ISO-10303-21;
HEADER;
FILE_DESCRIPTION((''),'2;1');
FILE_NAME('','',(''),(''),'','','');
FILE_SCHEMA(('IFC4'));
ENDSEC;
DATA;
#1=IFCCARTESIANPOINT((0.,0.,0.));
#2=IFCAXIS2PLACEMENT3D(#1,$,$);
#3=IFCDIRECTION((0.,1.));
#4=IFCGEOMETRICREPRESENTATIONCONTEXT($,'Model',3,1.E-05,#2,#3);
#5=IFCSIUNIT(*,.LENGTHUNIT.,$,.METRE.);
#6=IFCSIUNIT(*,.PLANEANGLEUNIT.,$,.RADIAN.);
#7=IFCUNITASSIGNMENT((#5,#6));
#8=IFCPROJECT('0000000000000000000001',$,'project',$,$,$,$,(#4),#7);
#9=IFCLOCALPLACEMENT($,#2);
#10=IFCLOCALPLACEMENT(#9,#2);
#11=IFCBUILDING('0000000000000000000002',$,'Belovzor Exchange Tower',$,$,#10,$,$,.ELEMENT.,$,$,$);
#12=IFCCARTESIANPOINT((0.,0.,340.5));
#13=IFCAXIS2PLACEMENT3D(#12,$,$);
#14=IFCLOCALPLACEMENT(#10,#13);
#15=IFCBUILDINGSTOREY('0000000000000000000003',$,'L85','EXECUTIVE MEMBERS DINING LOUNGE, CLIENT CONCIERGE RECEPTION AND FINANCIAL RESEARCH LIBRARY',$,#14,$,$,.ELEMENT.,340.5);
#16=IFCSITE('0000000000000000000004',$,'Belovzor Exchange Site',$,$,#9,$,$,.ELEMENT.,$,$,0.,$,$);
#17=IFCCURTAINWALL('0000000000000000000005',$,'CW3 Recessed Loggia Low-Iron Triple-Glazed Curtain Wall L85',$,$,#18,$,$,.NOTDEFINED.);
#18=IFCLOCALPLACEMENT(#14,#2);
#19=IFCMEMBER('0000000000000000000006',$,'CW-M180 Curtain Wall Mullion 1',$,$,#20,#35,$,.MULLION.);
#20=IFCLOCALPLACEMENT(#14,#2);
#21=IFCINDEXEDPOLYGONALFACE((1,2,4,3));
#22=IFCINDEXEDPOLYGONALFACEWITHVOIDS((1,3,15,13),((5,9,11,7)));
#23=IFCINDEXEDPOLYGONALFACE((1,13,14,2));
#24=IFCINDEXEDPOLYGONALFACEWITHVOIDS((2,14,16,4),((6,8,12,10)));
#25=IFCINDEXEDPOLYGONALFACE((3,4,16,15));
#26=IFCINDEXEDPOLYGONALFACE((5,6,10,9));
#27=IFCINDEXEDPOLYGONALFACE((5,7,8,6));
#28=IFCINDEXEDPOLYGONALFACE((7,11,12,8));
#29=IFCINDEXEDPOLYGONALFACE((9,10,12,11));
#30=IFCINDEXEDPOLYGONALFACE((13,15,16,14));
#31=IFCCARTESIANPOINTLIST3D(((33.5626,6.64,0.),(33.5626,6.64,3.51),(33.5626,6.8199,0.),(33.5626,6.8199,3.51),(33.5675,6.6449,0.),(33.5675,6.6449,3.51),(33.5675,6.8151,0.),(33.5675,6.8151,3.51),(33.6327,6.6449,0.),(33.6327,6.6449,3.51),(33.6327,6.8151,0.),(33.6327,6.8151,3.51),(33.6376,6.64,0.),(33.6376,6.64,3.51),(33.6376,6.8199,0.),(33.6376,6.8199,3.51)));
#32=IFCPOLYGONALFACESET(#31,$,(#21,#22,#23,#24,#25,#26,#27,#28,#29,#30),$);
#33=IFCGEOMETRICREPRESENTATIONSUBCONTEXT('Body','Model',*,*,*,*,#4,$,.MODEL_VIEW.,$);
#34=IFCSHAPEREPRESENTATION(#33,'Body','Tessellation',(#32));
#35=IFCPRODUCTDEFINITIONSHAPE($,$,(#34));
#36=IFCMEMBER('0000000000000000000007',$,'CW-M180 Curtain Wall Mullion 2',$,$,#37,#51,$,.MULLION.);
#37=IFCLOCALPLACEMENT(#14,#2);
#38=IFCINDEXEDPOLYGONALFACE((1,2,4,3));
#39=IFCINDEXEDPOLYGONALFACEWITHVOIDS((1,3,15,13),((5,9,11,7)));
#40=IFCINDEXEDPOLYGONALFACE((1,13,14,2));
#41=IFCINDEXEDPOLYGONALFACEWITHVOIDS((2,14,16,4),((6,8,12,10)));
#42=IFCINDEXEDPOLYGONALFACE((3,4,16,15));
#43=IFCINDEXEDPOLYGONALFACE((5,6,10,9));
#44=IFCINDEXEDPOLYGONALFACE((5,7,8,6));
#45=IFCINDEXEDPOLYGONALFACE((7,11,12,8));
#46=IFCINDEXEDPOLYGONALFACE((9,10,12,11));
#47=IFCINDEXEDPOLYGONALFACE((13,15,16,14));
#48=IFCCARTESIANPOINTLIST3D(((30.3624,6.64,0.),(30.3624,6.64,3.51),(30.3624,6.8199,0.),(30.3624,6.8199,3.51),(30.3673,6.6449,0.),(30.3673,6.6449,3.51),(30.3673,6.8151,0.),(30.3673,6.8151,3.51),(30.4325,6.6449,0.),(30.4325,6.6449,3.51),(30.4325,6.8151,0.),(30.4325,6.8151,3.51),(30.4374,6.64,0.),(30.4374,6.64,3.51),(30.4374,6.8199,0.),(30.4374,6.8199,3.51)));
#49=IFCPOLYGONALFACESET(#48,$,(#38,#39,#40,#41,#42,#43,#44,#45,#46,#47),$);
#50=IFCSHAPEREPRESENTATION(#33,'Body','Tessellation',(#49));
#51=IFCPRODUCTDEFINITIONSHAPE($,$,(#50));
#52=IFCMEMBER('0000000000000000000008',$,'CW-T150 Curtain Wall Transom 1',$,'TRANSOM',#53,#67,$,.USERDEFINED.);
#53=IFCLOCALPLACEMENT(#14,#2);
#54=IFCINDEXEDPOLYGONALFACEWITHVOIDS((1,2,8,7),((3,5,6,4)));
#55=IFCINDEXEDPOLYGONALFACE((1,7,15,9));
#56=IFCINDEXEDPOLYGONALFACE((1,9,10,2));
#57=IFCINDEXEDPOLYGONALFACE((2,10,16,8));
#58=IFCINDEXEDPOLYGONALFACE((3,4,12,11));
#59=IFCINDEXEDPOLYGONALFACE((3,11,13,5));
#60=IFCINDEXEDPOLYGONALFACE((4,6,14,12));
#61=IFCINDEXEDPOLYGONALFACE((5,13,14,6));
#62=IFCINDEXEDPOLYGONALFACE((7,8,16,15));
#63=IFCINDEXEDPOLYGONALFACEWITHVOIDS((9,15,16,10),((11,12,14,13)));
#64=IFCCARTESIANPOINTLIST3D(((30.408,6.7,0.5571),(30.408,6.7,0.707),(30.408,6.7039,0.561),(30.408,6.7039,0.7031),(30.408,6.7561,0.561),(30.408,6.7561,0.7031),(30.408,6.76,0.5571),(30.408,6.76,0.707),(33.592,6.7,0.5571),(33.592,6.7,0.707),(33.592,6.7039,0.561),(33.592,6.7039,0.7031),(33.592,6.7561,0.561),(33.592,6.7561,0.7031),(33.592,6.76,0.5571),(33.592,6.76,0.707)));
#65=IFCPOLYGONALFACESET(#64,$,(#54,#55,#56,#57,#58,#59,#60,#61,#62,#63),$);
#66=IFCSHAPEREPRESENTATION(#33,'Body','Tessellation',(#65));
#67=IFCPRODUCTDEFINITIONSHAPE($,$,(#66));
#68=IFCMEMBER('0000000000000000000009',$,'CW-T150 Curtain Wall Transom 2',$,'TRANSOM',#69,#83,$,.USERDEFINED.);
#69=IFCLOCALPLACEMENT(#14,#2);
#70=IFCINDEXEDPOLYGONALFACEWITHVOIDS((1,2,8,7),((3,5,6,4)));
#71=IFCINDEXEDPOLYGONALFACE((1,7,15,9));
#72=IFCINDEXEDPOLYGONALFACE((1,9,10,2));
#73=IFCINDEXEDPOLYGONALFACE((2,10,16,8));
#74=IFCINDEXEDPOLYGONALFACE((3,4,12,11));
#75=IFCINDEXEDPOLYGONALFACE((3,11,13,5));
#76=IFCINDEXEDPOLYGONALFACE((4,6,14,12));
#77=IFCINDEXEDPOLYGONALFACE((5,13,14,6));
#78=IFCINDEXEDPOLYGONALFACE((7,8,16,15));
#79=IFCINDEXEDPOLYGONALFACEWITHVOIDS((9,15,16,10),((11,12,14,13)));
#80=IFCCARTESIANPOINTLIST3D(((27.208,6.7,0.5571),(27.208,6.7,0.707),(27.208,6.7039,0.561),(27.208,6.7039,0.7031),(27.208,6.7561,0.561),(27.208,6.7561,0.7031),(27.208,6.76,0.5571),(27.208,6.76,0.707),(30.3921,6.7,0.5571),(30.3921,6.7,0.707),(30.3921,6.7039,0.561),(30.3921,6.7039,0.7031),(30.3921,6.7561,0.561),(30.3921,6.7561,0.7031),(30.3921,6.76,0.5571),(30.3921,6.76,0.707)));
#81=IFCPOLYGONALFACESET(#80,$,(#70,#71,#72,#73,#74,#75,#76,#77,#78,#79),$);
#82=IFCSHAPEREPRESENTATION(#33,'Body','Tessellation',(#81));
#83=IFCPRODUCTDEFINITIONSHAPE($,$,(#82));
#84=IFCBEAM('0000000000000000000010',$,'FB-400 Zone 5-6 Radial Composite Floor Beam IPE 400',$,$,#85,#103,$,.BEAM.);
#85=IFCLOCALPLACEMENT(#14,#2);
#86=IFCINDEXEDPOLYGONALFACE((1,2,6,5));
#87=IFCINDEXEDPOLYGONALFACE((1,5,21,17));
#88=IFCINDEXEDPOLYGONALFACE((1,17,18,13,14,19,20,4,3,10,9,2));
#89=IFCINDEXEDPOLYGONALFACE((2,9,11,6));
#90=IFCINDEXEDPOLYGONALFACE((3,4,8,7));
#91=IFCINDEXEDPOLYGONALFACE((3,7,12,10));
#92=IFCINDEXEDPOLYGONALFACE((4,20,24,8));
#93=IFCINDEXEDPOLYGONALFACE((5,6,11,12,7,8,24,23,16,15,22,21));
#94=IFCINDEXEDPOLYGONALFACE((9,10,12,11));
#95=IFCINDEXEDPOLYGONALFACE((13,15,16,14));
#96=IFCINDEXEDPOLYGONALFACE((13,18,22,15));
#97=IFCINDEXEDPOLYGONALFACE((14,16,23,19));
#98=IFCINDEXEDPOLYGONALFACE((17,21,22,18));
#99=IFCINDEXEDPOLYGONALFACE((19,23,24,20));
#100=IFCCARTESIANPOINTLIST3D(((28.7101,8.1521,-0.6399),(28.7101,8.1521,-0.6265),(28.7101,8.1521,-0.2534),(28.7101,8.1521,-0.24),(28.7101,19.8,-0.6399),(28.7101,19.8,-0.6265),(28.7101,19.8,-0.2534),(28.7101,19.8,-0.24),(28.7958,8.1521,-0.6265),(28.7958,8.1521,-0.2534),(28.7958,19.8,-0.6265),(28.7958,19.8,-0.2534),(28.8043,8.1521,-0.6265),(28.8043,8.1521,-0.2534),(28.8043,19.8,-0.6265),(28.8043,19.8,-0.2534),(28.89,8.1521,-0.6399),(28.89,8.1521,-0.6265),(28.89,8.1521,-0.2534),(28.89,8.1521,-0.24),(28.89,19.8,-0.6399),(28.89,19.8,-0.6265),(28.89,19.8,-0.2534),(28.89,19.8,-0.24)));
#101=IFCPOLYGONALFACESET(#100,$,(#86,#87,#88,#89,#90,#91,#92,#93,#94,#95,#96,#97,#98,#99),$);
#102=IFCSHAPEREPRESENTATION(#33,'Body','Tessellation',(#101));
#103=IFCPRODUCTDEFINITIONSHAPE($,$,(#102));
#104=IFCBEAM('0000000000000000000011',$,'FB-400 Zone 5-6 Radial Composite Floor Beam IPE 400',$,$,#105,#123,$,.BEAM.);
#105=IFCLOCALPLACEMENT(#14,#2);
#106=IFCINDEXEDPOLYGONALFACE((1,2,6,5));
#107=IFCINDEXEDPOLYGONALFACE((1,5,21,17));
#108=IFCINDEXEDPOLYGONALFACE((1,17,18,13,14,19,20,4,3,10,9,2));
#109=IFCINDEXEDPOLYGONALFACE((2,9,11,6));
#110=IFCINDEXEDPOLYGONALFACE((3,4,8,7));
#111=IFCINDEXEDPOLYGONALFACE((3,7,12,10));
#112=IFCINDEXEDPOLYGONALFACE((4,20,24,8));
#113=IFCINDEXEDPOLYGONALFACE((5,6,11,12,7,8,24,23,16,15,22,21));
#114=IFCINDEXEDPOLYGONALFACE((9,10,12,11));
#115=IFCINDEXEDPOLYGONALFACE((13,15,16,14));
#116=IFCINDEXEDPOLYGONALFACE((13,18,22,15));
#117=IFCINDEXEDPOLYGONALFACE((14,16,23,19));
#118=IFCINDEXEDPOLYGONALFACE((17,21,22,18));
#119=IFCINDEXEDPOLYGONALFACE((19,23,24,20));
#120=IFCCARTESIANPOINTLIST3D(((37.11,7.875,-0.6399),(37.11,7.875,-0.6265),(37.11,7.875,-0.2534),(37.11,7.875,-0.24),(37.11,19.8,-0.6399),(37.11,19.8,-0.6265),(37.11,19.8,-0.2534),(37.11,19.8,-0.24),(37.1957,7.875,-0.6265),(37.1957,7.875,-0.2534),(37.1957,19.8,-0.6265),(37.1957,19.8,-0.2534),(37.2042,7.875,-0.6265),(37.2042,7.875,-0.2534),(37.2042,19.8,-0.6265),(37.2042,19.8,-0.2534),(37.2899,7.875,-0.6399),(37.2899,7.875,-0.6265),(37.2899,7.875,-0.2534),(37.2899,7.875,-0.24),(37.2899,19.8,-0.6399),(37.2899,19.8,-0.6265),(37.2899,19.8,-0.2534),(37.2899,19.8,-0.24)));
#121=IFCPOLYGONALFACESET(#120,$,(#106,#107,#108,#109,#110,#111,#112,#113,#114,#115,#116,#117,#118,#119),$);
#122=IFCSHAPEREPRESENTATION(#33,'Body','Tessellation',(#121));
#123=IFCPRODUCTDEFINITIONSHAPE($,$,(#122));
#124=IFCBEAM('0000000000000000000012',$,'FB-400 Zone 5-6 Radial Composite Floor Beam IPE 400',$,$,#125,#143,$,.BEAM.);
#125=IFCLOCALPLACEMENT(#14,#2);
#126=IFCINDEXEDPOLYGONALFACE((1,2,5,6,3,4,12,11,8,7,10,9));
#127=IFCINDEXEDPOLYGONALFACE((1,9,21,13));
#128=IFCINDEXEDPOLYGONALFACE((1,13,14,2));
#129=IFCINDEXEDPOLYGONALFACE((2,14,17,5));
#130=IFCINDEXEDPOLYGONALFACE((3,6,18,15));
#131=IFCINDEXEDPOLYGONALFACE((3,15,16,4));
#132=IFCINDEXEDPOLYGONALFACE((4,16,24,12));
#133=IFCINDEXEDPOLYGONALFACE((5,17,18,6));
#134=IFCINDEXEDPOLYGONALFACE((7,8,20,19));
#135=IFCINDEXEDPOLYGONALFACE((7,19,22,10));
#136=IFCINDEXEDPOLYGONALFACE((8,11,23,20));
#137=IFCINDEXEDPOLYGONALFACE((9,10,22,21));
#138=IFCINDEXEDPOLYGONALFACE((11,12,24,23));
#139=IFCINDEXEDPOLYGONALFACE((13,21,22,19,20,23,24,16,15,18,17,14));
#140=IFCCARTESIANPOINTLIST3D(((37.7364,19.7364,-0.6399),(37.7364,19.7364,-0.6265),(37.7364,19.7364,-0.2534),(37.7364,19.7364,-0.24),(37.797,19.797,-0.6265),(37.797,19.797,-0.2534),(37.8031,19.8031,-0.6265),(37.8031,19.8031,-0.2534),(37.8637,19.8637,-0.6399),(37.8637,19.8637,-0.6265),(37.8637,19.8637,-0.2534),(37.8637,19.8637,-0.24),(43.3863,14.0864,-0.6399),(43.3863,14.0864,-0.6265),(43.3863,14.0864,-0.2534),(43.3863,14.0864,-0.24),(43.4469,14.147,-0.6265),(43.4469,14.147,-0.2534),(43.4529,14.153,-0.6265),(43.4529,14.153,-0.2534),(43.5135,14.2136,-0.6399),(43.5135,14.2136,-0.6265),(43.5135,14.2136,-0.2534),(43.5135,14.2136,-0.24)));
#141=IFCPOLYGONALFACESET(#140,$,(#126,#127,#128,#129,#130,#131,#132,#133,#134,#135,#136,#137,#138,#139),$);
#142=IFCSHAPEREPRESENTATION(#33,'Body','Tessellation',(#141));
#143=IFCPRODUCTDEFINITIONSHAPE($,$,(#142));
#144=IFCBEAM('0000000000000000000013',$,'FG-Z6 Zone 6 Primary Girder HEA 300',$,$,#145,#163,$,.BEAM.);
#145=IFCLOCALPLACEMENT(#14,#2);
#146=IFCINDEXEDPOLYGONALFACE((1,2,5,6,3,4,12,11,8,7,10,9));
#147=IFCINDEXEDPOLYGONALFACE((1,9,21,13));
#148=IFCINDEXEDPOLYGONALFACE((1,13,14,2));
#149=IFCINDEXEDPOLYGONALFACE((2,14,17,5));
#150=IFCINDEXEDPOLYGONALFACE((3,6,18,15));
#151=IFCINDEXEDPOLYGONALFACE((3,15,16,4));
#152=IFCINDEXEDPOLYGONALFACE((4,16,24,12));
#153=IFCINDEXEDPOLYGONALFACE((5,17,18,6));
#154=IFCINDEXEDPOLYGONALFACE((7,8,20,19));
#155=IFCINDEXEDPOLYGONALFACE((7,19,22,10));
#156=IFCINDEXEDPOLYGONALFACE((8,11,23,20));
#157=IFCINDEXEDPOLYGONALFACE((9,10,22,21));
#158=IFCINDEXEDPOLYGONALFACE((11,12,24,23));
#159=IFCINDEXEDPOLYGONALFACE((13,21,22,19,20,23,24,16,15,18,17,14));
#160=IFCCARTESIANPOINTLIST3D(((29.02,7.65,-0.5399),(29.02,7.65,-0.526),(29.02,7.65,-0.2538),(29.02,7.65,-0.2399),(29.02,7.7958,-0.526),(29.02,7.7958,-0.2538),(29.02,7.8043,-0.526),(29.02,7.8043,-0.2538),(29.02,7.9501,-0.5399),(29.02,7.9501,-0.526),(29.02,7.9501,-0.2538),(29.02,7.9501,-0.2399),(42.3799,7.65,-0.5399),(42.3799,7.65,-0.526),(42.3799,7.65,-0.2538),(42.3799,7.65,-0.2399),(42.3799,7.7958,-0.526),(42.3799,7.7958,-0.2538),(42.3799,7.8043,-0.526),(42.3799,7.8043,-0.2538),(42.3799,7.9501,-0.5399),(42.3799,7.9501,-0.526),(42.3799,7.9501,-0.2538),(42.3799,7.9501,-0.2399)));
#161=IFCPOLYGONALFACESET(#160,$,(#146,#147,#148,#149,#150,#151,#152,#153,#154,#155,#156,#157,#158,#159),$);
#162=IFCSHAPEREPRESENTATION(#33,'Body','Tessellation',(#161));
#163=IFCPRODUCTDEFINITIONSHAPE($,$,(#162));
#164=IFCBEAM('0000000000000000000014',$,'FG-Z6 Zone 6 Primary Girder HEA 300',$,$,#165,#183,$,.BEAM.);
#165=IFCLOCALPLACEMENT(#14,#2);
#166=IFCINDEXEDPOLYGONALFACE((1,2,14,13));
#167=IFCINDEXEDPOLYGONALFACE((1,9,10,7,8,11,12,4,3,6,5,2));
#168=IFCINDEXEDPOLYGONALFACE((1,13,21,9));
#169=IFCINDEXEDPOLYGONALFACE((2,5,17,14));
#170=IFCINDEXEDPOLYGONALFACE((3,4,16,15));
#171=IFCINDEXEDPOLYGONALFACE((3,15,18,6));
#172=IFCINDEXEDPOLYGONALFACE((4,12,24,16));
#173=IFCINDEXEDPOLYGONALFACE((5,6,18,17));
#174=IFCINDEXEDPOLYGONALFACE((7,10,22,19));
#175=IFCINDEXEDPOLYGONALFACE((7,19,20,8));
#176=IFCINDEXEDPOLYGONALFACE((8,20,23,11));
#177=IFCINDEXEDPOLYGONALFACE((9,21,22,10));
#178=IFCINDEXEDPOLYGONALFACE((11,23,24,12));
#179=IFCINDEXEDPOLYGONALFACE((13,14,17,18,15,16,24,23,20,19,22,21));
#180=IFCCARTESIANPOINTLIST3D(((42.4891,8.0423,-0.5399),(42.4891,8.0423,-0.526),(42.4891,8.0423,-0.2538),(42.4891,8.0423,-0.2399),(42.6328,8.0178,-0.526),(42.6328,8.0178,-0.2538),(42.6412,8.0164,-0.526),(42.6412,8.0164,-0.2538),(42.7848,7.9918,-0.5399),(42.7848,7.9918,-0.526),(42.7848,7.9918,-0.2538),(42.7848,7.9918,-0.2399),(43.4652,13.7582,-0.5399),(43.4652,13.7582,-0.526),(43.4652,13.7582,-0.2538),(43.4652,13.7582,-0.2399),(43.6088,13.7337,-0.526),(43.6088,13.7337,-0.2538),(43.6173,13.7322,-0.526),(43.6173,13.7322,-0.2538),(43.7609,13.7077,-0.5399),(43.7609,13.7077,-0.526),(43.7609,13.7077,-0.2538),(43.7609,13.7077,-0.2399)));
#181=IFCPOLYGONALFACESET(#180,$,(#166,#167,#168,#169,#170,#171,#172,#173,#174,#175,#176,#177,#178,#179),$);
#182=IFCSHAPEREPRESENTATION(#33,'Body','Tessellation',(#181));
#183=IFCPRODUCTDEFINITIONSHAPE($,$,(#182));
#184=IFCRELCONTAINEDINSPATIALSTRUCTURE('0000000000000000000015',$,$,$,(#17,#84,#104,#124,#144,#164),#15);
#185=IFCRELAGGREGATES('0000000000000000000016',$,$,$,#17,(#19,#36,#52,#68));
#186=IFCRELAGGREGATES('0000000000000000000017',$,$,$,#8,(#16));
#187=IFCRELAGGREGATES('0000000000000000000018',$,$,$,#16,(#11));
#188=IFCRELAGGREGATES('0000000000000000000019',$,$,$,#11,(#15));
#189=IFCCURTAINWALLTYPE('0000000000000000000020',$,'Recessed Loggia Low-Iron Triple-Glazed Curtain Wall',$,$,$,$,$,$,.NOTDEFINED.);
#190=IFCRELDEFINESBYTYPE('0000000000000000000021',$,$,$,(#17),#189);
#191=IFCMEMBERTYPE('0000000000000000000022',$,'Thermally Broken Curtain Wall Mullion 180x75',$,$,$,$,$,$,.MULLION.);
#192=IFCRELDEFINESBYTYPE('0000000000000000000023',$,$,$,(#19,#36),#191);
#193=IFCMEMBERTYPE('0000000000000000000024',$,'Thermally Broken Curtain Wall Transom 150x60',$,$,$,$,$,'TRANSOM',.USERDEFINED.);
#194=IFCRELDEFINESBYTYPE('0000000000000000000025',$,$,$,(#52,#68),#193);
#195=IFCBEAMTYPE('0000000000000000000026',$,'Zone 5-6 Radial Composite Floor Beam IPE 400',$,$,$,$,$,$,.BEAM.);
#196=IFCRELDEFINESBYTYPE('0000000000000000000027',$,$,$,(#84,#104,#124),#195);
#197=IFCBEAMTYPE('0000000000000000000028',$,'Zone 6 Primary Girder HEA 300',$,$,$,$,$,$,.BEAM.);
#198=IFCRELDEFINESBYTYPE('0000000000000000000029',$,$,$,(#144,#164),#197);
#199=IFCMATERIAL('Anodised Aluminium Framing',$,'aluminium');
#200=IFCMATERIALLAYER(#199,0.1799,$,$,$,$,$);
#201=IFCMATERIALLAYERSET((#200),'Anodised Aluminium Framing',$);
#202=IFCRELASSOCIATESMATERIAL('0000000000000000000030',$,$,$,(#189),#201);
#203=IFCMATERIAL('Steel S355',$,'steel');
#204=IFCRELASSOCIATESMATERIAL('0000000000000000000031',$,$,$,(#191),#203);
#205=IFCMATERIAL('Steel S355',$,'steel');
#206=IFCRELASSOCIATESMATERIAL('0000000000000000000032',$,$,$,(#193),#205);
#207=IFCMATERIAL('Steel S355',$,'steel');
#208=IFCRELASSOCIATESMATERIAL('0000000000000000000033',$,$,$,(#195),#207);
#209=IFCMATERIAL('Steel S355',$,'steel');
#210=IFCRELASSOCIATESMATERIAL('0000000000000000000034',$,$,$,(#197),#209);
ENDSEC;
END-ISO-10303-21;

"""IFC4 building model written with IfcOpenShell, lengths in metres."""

from ifc_helpers import new_model, si_unit, direction, frame, origin, origin_2d, place, context, subcontext, project, spatial, hollow_rectangle, i_section, extrude, material, layer, layer_set, material_profile, profile_set, type_object, element, aggregate, save


model = new_model("IFC4")

# Units and contexts
model_context = context("Model", 3, precision=1e-05, world=origin(), true_north=direction((0.0, 1.0)))
body_context = subcontext(model_context, "Body", "Model", "MODEL_VIEW")
ifc_project = project(units=[si_unit("LENGTHUNIT", "METRE"), si_unit("PLANEANGLEUNIT", "RADIAN")], contexts=[model_context])

# Site, building, storey
site_placement = place(None, origin())
site = spatial("IfcSite", under=ifc_project, at=site_placement, Name="Belovzor Exchange Site", CompositionType="ELEMENT", RefElevation=0.0)
building_placement = place(site_placement, origin())
building = spatial("IfcBuilding", under=site, at=building_placement, Name="Belovzor Exchange Tower", CompositionType="ELEMENT")
storey_placement = place(building_placement, frame((0.0, 0.0, 340.5)))
storey = spatial("IfcBuildingStorey", under=building, at=storey_placement, Name="L85", Description="EXECUTIVE MEMBERS DINING LOUNGE, CLIENT CONCIERGE RECEPTION AND FINANCIAL RESEARCH LIBRARY", CompositionType="ELEMENT", Elevation=340.5)

# Curtain wall, members
ifc_material_1 = material(Name="Anodised Aluminium Framing", Category="aluminium")
ifc_layer_1 = layer(ifc_material_1, 0.1799)
ifc_layer_set_1 = layer_set([ifc_layer_1], Name="Anodised Aluminium Framing")
curtain_wall_type = type_object("IfcCurtainWallType", Name="Recessed Loggia Low-Iron Triple-Glazed Curtain Wall", PredefinedType="NOTDEFINED", material=ifc_layer_set_1)
curtain_wall_placement = place(storey_placement, origin())
curtain_wall = element("IfcCurtainWall", 1, at=curtain_wall_placement, inside=storey, type_object=curtain_wall_type, Name="CW3 Recessed Loggia Low-Iron Triple-Glazed Curtain Wall L85", PredefinedType="NOTDEFINED")
ifc_material_2 = material(Name="Steel S355", Category="steel")
ifc_material_profile_1 = material_profile(ifc_material_2, hollow_rectangle(XDim=0.075, YDim=0.1799, WallThickness=0.0049, at=origin_2d()))
ifc_profile_set_1 = profile_set([ifc_material_profile_1], Name="Steel S355")
member_type_1 = type_object("IfcMemberType", Name="Thermally Broken Curtain Wall Mullion 180x75", PredefinedType="MULLION", material=ifc_profile_set_1)
member_1_placement = place(storey_placement, frame((33.6001, 6.73, 0.0), z_axis=(0.0, 0.0, 1.0), x_axis=(-1.0, 0.0, 0.0)))
member_1 = element("IfcMember", 2, at=member_1_placement, type_object=member_type_1, Name="CW-M180 Curtain Wall Mullion 1", PredefinedType="MULLION", context=body_context, shape_type="SweptSolid", body=[
    extrude(hollow_rectangle(XDim=0.075, YDim=0.1799, WallThickness=0.0049, at=origin_2d()), origin(), (0.0, 0.0, 1.0), 3.51),
])
member_2_placement = place(storey_placement, frame((30.3999, 6.73, 0.0), z_axis=(0.0, 0.0, 1.0), x_axis=(-1.0, 0.0, 0.0)))
member_2 = element("IfcMember", 3, at=member_2_placement, type_object=member_type_1, Name="CW-M180 Curtain Wall Mullion 2", PredefinedType="MULLION", context=body_context, shape_type="SweptSolid", body=[
    extrude(hollow_rectangle(XDim=0.075, YDim=0.1799, WallThickness=0.0049, at=origin_2d()), origin(), (0.0, 0.0, 1.0), 3.51),
])
ifc_material_3 = material(Name="Steel S355", Category="steel")
ifc_material_profile_2 = material_profile(ifc_material_3, hollow_rectangle(XDim=0.0601, YDim=0.1499, WallThickness=0.0039, at=origin_2d()))
ifc_profile_set_2 = profile_set([ifc_material_profile_2], Name="Steel S355")
member_type_2 = type_object("IfcMemberType", Name="Thermally Broken Curtain Wall Transom 150x60", ElementType="TRANSOM", PredefinedType="USERDEFINED", material=ifc_profile_set_2)
member_3_placement = place(storey_placement, frame((33.592, 6.73, 0.6321), z_axis=(-1.0, 0.0, 0.0), x_axis=(0.0, -1.0, 0.0)))
member_3 = element("IfcMember", 4, at=member_3_placement, type_object=member_type_2, Name="CW-T150 Curtain Wall Transom 1", ObjectType="TRANSOM", PredefinedType="USERDEFINED", context=body_context, shape_type="SweptSolid", body=[
    extrude(hollow_rectangle(XDim=0.0601, YDim=0.1499, WallThickness=0.0039, at=origin_2d()), origin(), (0.0, 0.0, 1.0), 3.1841),
])
member_4_placement = place(storey_placement, frame((30.3921, 6.73, 0.6321), z_axis=(-1.0, 0.0, 0.0), x_axis=(0.0, -1.0, 0.0)))
member_4 = element("IfcMember", 5, at=member_4_placement, type_object=member_type_2, Name="CW-T150 Curtain Wall Transom 2", ObjectType="TRANSOM", PredefinedType="USERDEFINED", context=body_context, shape_type="SweptSolid", body=[
    extrude(hollow_rectangle(XDim=0.0601, YDim=0.1499, WallThickness=0.0039, at=origin_2d()), origin(), (0.0, 0.0, 1.0), 3.1841),
])

# Beams
ifc_material_4 = material(Name="Steel S355", Category="steel")
ifc_material_profile_3 = material_profile(ifc_material_4, i_section(OverallWidth=0.1799, OverallDepth=0.3999, WebThickness=0.0085, FlangeThickness=0.0134, at=origin_2d()))
ifc_profile_set_3 = profile_set([ifc_material_profile_3], Name="Steel S355")
beam_type_1 = type_object("IfcBeamType", Name="Zone 5-6 Radial Composite Floor Beam IPE 400", PredefinedType="BEAM", material=ifc_profile_set_3)
beam_1_placement = place(storey_placement, frame((28.8, 19.8, -0.4399), z_axis=(0.0, -1.0, 0.0), x_axis=(1.0, 0.0, 0.0)))
element("IfcBeam", 6, at=beam_1_placement, inside=storey, type_object=beam_type_1, Name="FB-400 Zone 5-6 Radial Composite Floor Beam IPE 400", PredefinedType="BEAM", context=body_context, shape_type="SweptSolid", body=[
    extrude(i_section(OverallWidth=0.1799, OverallDepth=0.3999, WebThickness=0.0085, FlangeThickness=0.0134, at=origin_2d()), origin(), (0.0, 0.0, 1.0), 11.6479),
])
beam_2_placement = place(storey_placement, frame((37.2, 19.8, -0.4399), z_axis=(0.0, -1.0, 0.0), x_axis=(1.0, 0.0, 0.0)))
element("IfcBeam", 7, at=beam_2_placement, inside=storey, type_object=beam_type_1, Name="FB-400 Zone 5-6 Radial Composite Floor Beam IPE 400", PredefinedType="BEAM", context=body_context, shape_type="SweptSolid", body=[
    extrude(i_section(OverallWidth=0.1799, OverallDepth=0.3999, WebThickness=0.0085, FlangeThickness=0.0134, at=origin_2d()), origin(), (0.0, 0.0, 1.0), 11.925),
])
beam_3_placement = place(storey_placement, frame((37.8, 19.8, -0.4399), z_axis=(0.707092, -0.707122, 0.0), x_axis=(0.707122, 0.707092, 0.0)))
element("IfcBeam", 8, at=beam_3_placement, inside=storey, type_object=beam_type_1, Name="FB-400 Zone 5-6 Radial Composite Floor Beam IPE 400", PredefinedType="BEAM", context=body_context, shape_type="SweptSolid", body=[
    extrude(i_section(OverallWidth=0.1799, OverallDepth=0.3999, WebThickness=0.0085, FlangeThickness=0.0134, at=origin_2d()), origin(), (0.0, 0.0, 1.0), 7.9902),
])
ifc_material_5 = material(Name="Steel S355", Category="steel")
ifc_material_profile_4 = material_profile(ifc_material_5, i_section(OverallWidth=0.3, OverallDepth=0.3, WebThickness=0.0085, FlangeThickness=0.0139, at=origin_2d()))
ifc_profile_set_4 = profile_set([ifc_material_profile_4], Name="Steel S355")
beam_type_2 = type_object("IfcBeamType", Name="Zone 6 Primary Girder HEA 300", PredefinedType="BEAM", material=ifc_profile_set_4)
beam_4_placement = place(storey_placement, frame((29.02, 7.8, -0.3899), z_axis=(1.0, 0.0, 0.0), x_axis=(0.0, 1.0, 0.0)))
element("IfcBeam", 9, at=beam_4_placement, inside=storey, type_object=beam_type_2, Name="FG-Z6 Zone 6 Primary Girder HEA 300", PredefinedType="BEAM", context=body_context, shape_type="SweptSolid", body=[
    extrude(i_section(OverallWidth=0.3, OverallDepth=0.3, WebThickness=0.0085, FlangeThickness=0.0139, at=origin_2d()), origin(), (0.0, 0.0, 1.0), 13.3599),
])
beam_5_placement = place(storey_placement, frame((42.637, 8.0171, -0.3899), z_axis=(0.16833, 0.985731, 0.0), x_axis=(-0.985731, 0.16833, 0.0)))
element("IfcBeam", 10, at=beam_5_placement, inside=storey, type_object=beam_type_2, Name="FG-Z6 Zone 6 Primary Girder HEA 300", PredefinedType="BEAM", context=body_context, shape_type="SweptSolid", body=[
    extrude(i_section(OverallWidth=0.3, OverallDepth=0.3, WebThickness=0.0085, FlangeThickness=0.0139, at=origin_2d()), origin(), (0.0, 0.0, 1.0), 5.7986),
])

aggregate(curtain_wall, [member_1, member_2, member_3, member_4])

save(model, "model.ifc")
